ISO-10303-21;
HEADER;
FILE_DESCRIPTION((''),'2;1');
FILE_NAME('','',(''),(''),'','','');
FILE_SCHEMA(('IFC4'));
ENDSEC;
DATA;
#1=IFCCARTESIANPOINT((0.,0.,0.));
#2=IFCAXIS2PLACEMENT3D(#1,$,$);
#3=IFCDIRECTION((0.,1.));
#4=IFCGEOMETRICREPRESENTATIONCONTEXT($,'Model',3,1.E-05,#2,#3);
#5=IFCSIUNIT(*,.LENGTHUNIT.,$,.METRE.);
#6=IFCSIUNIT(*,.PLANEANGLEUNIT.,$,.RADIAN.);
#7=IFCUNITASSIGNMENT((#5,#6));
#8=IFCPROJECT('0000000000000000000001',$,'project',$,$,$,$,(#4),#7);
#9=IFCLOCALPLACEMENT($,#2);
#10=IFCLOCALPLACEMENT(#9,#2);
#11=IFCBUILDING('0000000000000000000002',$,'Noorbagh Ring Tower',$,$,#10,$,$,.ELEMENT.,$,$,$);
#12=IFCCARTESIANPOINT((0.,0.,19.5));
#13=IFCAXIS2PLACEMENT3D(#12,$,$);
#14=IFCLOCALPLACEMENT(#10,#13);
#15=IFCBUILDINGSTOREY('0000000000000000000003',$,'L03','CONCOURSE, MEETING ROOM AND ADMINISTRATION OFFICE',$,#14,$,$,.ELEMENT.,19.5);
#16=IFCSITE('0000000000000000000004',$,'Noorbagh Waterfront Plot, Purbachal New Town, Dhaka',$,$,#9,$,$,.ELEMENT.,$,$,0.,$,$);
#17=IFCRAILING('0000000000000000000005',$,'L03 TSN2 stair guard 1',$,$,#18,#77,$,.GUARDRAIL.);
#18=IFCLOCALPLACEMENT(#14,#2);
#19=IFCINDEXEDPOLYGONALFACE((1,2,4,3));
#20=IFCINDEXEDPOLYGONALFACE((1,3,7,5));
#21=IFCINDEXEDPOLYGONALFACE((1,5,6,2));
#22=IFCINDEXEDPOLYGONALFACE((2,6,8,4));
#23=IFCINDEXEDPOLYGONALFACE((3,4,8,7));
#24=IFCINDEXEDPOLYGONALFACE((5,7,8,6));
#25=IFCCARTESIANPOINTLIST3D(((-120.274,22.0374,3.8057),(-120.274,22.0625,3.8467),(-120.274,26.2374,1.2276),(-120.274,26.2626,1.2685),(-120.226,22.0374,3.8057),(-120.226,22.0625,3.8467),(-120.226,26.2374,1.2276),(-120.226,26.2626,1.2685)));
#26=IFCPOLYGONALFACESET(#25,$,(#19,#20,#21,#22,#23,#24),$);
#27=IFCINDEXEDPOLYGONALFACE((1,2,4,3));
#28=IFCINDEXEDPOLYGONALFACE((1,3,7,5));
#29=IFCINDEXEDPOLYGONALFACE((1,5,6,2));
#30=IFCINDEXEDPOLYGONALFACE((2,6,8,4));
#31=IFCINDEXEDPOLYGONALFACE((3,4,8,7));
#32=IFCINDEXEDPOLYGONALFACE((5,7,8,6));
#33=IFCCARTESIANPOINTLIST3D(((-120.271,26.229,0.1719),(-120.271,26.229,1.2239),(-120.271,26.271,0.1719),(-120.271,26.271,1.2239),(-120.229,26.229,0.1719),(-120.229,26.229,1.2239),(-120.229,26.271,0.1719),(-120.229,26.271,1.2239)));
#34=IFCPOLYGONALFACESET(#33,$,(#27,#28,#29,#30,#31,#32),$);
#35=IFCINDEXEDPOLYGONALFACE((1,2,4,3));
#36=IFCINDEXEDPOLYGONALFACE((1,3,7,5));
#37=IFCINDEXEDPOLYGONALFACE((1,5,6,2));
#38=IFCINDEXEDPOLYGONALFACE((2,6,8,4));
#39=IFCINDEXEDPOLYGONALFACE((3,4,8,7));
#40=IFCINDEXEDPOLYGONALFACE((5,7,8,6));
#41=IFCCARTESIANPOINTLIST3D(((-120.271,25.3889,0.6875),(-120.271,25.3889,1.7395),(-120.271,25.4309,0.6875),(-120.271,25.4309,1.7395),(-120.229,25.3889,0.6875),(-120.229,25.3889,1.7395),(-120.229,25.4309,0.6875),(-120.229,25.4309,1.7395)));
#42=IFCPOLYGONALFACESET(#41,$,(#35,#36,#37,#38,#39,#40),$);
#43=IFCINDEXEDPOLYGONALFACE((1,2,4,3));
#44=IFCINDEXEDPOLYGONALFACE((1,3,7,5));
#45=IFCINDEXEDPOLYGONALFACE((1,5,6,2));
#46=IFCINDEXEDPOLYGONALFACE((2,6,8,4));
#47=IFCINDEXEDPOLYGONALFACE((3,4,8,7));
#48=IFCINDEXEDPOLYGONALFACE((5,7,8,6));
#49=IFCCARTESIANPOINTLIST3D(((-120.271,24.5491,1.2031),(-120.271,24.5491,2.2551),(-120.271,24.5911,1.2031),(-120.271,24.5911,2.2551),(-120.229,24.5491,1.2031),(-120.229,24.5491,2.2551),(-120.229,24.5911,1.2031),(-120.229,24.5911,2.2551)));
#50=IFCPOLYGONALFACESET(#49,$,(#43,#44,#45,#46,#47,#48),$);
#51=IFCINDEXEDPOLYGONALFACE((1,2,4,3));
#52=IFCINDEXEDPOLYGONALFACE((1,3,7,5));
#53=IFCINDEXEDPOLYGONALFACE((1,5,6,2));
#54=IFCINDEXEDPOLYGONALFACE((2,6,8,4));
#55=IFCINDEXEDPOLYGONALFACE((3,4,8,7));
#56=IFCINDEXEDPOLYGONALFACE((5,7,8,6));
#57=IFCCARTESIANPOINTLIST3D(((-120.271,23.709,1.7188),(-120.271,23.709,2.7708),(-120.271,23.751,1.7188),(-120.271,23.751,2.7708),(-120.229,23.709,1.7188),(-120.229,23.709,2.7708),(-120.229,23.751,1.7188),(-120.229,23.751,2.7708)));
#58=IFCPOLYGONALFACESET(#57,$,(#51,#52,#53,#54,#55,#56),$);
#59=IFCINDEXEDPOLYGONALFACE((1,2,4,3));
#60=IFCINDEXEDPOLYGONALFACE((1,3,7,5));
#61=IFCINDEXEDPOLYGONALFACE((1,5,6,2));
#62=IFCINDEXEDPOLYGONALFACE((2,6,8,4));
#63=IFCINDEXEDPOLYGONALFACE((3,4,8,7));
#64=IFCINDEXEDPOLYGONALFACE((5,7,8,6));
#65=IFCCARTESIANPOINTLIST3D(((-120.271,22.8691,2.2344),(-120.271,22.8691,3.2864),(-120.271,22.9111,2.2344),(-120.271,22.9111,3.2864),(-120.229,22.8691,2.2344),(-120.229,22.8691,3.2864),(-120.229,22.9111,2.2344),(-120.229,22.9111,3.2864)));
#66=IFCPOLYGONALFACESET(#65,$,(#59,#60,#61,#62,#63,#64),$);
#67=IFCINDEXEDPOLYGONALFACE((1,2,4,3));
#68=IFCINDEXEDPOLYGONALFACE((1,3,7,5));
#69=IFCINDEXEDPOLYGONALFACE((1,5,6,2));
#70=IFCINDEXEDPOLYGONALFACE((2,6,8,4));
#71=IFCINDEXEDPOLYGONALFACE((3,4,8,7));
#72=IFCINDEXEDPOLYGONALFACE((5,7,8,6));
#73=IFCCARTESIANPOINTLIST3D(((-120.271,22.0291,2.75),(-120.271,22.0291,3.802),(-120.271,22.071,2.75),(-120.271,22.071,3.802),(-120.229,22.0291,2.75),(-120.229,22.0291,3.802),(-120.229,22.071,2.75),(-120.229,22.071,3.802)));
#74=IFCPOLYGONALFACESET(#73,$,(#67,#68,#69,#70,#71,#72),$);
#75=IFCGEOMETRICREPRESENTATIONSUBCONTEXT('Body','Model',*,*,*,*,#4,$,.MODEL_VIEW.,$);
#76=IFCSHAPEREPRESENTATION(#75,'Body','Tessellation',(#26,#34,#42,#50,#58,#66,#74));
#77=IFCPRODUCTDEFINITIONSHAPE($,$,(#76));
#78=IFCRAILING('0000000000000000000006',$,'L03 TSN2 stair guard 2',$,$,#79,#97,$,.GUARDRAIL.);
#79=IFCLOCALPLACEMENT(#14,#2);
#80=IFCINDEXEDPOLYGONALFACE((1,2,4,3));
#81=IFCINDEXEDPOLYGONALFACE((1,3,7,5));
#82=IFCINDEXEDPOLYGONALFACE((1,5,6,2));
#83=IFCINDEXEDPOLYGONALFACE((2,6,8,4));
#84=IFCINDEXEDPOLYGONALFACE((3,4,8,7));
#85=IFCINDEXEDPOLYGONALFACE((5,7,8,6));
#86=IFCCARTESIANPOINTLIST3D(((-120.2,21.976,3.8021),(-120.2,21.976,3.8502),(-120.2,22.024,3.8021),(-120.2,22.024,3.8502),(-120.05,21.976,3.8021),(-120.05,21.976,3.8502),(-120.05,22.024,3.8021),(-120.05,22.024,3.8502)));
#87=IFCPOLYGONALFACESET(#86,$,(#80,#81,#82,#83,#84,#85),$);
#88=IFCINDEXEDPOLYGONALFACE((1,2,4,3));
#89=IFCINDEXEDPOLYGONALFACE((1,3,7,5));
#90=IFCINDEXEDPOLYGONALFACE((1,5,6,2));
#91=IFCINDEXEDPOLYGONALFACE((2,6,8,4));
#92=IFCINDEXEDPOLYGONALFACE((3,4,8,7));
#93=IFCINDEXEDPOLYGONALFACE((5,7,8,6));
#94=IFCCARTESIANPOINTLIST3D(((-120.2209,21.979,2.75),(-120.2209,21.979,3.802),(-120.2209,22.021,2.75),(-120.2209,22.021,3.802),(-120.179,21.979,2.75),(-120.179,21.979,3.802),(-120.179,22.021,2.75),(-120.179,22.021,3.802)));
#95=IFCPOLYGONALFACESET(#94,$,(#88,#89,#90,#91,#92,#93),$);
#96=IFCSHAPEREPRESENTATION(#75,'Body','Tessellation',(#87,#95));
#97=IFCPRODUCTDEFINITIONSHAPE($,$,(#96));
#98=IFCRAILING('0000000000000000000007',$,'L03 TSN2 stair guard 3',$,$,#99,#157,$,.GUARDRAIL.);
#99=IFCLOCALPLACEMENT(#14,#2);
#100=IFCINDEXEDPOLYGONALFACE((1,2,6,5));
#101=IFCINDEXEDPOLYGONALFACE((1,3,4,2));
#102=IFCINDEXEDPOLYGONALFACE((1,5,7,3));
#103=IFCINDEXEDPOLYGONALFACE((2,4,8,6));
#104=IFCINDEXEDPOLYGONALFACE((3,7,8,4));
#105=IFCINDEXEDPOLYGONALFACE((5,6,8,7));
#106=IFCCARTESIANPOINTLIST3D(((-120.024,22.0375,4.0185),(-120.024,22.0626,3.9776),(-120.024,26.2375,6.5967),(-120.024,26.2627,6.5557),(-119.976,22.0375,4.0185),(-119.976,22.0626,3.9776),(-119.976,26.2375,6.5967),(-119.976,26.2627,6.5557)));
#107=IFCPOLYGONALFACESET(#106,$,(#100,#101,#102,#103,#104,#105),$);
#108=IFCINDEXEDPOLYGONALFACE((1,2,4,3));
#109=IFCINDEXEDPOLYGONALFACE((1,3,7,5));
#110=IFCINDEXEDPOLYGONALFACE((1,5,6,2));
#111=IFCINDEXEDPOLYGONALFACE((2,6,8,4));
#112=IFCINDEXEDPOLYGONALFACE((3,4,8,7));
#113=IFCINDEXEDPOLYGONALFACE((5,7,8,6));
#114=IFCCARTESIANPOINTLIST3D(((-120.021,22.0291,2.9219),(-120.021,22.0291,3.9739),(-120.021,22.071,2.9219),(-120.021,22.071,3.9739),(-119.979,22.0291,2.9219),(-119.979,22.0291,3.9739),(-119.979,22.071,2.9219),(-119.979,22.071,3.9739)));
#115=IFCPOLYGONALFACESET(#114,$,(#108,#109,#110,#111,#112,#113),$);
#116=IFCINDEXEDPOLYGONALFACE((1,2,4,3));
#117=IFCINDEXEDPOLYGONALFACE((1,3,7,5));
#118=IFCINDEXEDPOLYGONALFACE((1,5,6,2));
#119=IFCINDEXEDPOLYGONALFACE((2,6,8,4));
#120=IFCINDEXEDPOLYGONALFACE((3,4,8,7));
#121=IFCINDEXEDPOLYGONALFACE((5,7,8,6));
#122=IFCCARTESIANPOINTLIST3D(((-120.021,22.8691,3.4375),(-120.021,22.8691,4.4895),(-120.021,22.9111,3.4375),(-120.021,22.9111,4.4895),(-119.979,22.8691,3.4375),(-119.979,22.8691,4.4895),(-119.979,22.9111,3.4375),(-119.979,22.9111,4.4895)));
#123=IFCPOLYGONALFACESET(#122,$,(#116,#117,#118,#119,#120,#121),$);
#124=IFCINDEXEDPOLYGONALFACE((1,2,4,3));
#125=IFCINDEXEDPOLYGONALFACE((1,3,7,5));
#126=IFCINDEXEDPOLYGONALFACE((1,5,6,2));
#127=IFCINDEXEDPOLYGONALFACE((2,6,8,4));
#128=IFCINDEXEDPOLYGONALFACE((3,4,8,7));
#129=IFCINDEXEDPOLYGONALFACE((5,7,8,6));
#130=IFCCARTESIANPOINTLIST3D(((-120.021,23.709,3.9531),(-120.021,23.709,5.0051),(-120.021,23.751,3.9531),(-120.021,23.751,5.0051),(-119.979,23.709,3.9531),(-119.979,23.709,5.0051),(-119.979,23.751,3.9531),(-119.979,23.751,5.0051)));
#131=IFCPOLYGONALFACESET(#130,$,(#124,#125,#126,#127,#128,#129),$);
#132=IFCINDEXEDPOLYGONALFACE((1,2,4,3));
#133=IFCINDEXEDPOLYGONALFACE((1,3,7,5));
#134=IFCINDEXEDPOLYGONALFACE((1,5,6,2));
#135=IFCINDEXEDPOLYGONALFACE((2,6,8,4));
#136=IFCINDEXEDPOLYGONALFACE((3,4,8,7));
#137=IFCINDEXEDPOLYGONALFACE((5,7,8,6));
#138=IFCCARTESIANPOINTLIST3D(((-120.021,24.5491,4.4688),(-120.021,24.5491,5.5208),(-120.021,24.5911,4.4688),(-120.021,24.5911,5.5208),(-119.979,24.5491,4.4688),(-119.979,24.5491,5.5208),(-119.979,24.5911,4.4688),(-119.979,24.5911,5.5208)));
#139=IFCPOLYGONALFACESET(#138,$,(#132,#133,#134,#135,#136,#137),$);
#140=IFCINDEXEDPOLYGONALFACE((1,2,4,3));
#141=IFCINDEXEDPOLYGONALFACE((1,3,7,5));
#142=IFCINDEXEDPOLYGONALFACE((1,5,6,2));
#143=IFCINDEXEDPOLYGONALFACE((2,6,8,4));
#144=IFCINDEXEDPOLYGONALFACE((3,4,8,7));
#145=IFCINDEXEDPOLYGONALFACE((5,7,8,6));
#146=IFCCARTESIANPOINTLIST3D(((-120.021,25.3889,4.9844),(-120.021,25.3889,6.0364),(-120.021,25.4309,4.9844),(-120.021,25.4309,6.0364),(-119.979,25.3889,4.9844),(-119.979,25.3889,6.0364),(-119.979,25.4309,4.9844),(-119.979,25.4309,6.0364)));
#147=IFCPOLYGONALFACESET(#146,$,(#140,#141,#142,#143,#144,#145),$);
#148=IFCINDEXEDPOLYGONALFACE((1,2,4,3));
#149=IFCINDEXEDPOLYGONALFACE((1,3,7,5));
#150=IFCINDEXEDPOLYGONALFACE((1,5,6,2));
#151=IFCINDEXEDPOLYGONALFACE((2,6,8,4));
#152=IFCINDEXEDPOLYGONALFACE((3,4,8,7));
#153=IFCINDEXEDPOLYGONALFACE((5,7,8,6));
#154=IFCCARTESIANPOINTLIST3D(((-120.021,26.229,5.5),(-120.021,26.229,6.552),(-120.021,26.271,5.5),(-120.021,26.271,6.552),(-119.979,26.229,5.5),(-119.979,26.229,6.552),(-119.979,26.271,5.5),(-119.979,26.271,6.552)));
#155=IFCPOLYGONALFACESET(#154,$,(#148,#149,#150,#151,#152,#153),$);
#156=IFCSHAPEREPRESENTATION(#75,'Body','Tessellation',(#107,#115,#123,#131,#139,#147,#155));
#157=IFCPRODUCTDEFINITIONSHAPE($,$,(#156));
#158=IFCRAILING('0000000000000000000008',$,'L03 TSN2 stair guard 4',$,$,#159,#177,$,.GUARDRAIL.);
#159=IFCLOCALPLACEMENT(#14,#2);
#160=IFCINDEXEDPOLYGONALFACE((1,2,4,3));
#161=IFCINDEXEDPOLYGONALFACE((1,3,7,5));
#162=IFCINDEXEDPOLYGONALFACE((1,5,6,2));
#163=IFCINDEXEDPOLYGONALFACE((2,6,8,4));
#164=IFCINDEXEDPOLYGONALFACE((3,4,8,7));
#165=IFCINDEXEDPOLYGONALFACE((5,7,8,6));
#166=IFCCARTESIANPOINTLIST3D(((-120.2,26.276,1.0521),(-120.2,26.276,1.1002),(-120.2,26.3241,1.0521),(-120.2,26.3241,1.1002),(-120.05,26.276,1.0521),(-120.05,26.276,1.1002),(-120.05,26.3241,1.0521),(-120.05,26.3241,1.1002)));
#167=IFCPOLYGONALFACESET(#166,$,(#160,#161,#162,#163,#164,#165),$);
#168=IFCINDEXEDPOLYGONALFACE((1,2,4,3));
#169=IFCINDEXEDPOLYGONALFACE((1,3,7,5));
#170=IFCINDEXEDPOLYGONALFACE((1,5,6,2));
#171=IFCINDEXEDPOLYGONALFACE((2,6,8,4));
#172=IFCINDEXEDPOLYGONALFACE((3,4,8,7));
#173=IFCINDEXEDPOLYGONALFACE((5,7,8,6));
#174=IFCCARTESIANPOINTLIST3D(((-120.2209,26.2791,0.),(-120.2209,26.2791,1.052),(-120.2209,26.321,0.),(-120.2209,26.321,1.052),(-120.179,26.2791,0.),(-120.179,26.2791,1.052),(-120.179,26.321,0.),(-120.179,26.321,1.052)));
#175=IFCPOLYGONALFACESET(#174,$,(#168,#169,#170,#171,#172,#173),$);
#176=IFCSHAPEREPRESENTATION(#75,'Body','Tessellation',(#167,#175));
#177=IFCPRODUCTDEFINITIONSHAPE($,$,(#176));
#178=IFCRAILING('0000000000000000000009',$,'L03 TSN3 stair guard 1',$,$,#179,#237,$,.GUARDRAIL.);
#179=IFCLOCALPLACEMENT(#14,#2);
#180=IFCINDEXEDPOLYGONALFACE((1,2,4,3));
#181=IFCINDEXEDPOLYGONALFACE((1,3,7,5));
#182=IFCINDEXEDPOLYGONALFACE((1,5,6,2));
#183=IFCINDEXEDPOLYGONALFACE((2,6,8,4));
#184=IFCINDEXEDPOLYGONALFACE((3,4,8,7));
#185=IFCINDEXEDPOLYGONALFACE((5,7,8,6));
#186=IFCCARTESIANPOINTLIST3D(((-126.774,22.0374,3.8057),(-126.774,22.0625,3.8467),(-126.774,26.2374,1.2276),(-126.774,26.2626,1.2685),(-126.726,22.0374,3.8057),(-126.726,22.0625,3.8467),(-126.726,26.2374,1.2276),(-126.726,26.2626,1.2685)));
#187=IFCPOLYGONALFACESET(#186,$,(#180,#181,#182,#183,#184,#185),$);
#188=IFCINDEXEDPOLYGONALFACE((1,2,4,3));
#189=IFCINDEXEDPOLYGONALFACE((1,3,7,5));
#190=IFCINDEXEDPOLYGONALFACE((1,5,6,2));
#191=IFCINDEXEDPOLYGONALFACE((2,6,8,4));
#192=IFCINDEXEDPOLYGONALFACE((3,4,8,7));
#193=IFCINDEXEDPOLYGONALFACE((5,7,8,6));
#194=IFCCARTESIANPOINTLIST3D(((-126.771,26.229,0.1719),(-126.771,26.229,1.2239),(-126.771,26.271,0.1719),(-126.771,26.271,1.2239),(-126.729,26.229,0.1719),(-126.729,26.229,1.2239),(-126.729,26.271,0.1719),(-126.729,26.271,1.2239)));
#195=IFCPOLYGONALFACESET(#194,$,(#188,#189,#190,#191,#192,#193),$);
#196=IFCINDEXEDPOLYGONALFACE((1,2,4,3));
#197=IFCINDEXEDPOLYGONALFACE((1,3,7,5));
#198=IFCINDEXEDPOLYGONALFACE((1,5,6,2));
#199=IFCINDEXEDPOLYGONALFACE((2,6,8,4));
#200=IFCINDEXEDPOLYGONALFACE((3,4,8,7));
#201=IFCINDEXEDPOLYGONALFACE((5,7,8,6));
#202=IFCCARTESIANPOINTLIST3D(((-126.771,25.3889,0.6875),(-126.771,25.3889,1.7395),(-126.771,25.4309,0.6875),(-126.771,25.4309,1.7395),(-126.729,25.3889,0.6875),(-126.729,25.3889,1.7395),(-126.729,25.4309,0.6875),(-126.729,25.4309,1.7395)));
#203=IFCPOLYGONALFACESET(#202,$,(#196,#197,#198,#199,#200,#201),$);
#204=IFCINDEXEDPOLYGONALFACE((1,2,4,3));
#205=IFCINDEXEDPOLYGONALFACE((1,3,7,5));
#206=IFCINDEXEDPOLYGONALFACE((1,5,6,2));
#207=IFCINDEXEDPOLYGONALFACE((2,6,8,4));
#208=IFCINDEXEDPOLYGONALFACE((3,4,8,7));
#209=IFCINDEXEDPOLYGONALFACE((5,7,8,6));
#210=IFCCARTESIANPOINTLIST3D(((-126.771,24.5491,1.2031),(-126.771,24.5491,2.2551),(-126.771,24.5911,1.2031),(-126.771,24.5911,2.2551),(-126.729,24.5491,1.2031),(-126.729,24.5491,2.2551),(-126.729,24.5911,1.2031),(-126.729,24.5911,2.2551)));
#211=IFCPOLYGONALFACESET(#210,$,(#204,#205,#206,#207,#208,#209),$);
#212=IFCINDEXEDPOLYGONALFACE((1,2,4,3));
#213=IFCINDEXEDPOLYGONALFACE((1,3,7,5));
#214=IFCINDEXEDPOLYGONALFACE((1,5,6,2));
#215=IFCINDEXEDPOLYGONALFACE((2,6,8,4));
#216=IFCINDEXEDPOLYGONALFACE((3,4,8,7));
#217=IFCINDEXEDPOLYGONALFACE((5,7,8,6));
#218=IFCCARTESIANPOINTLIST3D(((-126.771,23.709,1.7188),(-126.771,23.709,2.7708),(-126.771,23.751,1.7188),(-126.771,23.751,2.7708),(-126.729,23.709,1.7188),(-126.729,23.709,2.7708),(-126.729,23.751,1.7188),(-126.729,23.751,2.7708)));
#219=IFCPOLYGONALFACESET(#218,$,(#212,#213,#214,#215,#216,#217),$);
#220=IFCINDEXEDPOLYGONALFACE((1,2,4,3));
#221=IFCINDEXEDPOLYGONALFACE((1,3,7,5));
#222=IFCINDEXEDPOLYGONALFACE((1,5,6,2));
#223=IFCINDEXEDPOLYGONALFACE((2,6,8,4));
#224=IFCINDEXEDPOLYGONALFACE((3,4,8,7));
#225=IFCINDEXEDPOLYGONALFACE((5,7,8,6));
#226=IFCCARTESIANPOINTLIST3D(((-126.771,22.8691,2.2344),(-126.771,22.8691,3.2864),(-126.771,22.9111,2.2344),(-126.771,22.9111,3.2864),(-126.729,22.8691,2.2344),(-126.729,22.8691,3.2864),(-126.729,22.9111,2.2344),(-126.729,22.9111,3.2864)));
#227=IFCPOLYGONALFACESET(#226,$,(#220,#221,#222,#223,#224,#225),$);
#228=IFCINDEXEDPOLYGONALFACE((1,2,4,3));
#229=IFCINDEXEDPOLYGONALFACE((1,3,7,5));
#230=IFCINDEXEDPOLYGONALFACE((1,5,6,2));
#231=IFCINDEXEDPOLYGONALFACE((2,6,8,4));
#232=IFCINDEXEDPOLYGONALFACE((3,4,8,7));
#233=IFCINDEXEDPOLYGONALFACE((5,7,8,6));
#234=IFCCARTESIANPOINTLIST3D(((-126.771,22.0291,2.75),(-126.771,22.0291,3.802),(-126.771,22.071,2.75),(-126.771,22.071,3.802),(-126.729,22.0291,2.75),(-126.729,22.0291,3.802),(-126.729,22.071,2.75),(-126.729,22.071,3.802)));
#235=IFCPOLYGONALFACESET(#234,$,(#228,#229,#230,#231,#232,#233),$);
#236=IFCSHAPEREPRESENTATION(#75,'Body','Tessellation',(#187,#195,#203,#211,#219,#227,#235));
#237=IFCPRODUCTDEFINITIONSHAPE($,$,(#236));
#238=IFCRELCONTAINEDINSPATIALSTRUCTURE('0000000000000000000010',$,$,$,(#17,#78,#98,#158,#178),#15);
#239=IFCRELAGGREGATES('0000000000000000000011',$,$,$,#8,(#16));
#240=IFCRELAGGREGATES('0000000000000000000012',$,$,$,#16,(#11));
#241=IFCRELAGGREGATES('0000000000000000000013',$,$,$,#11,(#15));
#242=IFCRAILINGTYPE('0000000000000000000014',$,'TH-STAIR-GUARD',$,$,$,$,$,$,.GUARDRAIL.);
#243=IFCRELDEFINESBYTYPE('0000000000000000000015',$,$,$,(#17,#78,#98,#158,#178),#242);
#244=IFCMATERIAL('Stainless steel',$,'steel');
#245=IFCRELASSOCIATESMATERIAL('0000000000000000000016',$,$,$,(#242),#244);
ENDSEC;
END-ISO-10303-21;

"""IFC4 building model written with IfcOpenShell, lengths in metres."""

from ifc_helpers import new_model, si_unit, direction, frame, origin, origin_2d, place, context, subcontext, project, spatial, rectangle, extrude, material, type_object, element, save


model = new_model("IFC4")

# Units and contexts
model_context = context("Model", 3, precision=1e-05, world=origin(), true_north=direction((0.0, 1.0)))
body_context = subcontext(model_context, "Body", "Model", "MODEL_VIEW")
ifc_project = project(units=[si_unit("LENGTHUNIT", "METRE"), si_unit("PLANEANGLEUNIT", "RADIAN")], contexts=[model_context])

# Site, building, storey
site_placement = place(None, origin())
site = spatial("IfcSite", under=ifc_project, at=site_placement, Name="Noorbagh Waterfront Plot, Purbachal New Town, Dhaka", CompositionType="ELEMENT", RefElevation=0.0)
building_placement = place(site_placement, origin())
building = spatial("IfcBuilding", under=site, at=building_placement, Name="Noorbagh Ring Tower", CompositionType="ELEMENT")
storey_placement = place(building_placement, frame((0.0, 0.0, 19.5)))
storey = spatial("IfcBuildingStorey", under=building, at=storey_placement, Name="L03", Description="CONCOURSE, MEETING ROOM AND ADMINISTRATION OFFICE", CompositionType="ELEMENT", Elevation=19.5)

# Railings
ifc_material_1 = material(Name="Stainless steel", Category="steel")
railing_type_1 = type_object("IfcRailingType", Name="TH-STAIR-GUARD", PredefinedType="GUARDRAIL", material=ifc_material_1)
railing_1_placement = place(storey_placement, frame((-120.25, 26.25, 0.1719)))
element("IfcRailing", 1, at=railing_1_placement, inside=storey, type_object=railing_type_1, Name="L03 TSN2 stair guard 1", PredefinedType="GUARDRAIL", context=body_context, shape_type="SweptSolid", body=[
    extrude(rectangle(XDim=0.0481, YDim=0.0481, at=origin_2d()), frame((0.0, 0.0, 1.0762), z_axis=(0.0, -0.852243, 0.523146), x_axis=(1.0, 0.0, 0.0)), (0.0, 0.0, 1.0), 4.9282),
    extrude(rectangle(XDim=0.042, YDim=0.042, at=origin_2d()), origin(), (0.0, 0.0, 1.0), 1.052),
    extrude(rectangle(XDim=0.042, YDim=0.042, at=origin_2d()), frame((0.0, -0.8401, 0.5156)), (0.0, 0.0, 1.0), 1.052),
    extrude(rectangle(XDim=0.042, YDim=0.042, at=origin_2d()), frame((0.0, -1.6799, 1.0312)), (0.0, 0.0, 1.0), 1.052),
    extrude(rectangle(XDim=0.042, YDim=0.042, at=origin_2d()), frame((0.0, -2.52, 1.5469)), (0.0, 0.0, 1.0), 1.052),
    extrude(rectangle(XDim=0.042, YDim=0.042, at=origin_2d()), frame((0.0, -3.3599, 2.0625)), (0.0, 0.0, 1.0), 1.052),
    extrude(rectangle(XDim=0.042, YDim=0.042, at=origin_2d()), frame((0.0, -4.2, 2.5781)), (0.0, 0.0, 1.0), 1.052),
])
railing_2_placement = place(storey_placement, frame((-120.2, 22.0, 2.75)))
element("IfcRailing", 2, at=railing_2_placement, inside=storey, type_object=railing_type_1, Name="L03 TSN2 stair guard 2", PredefinedType="GUARDRAIL", context=body_context, shape_type="SweptSolid", body=[
    extrude(rectangle(XDim=0.0481, YDim=0.0481, at=origin_2d()), frame((0.0, 0.0, 1.0762), z_axis=(1.0, 0.0, 0.0), x_axis=(0.0, 1.0, 0.0)), (0.0, 0.0, 1.0), 0.1499),
    extrude(rectangle(XDim=0.042, YDim=0.042, at=origin_2d()), origin(), (0.0, 0.0, 1.0), 1.052),
])
railing_3_placement = place(storey_placement, frame((-120.0, 22.05, 2.9219)))
element("IfcRailing", 3, at=railing_3_placement, inside=storey, type_object=railing_type_1, Name="L03 TSN2 stair guard 3", PredefinedType="GUARDRAIL", context=body_context, shape_type="SweptSolid", body=[
    extrude(rectangle(XDim=0.0481, YDim=0.0481, at=origin_2d()), frame((0.0, 0.0, 1.0762), z_axis=(0.0, 0.852243, 0.523146), x_axis=(-1.0, 0.0, 0.0)), (0.0, 0.0, 1.0), 4.9282),
    extrude(rectangle(XDim=0.042, YDim=0.042, at=origin_2d()), origin(), (0.0, 0.0, 1.0), 1.052),
    extrude(rectangle(XDim=0.042, YDim=0.042, at=origin_2d()), frame((0.0, 0.8401, 0.5156)), (0.0, 0.0, 1.0), 1.052),
    extrude(rectangle(XDim=0.042, YDim=0.042, at=origin_2d()), frame((0.0, 1.6799, 1.0312)), (0.0, 0.0, 1.0), 1.052),
    extrude(rectangle(XDim=0.042, YDim=0.042, at=origin_2d()), frame((0.0, 2.52, 1.5469)), (0.0, 0.0, 1.0), 1.052),
    extrude(rectangle(XDim=0.042, YDim=0.042, at=origin_2d()), frame((0.0, 3.3599, 2.0625)), (0.0, 0.0, 1.0), 1.052),
    extrude(rectangle(XDim=0.042, YDim=0.042, at=origin_2d()), frame((0.0, 4.2, 2.5781)), (0.0, 0.0, 1.0), 1.052),
])
railing_4_placement = place(storey_placement, frame((-120.2, 26.3, 0.0)))
element("IfcRailing", 4, at=railing_4_placement, inside=storey, type_object=railing_type_1, Name="L03 TSN2 stair guard 4", PredefinedType="GUARDRAIL", context=body_context, shape_type="SweptSolid", body=[
    extrude(rectangle(XDim=0.0481, YDim=0.0481, at=origin_2d()), frame((0.0, 0.0, 1.0762), z_axis=(1.0, 0.0, 0.0), x_axis=(0.0, 1.0, 0.0)), (0.0, 0.0, 1.0), 0.1499),
    extrude(rectangle(XDim=0.042, YDim=0.042, at=origin_2d()), origin(), (0.0, 0.0, 1.0), 1.052),
])
railing_5_placement = place(storey_placement, frame((-126.75, 26.25, 0.1719)))
element("IfcRailing", 5, at=railing_5_placement, inside=storey, type_object=railing_type_1, Name="L03 TSN3 stair guard 1", PredefinedType="GUARDRAIL", context=body_context, shape_type="SweptSolid", body=[
    extrude(rectangle(XDim=0.0481, YDim=0.0481, at=origin_2d()), frame((0.0, 0.0, 1.0762), z_axis=(0.0, -0.852243, 0.523146), x_axis=(1.0, 0.0, 0.0)), (0.0, 0.0, 1.0), 4.9282),
    extrude(rectangle(XDim=0.042, YDim=0.042, at=origin_2d()), origin(), (0.0, 0.0, 1.0), 1.052),
    extrude(rectangle(XDim=0.042, YDim=0.042, at=origin_2d()), frame((0.0, -0.8401, 0.5156)), (0.0, 0.0, 1.0), 1.052),
    extrude(rectangle(XDim=0.042, YDim=0.042, at=origin_2d()), frame((0.0, -1.6799, 1.0312)), (0.0, 0.0, 1.0), 1.052),
    extrude(rectangle(XDim=0.042, YDim=0.042, at=origin_2d()), frame((0.0, -2.52, 1.5469)), (0.0, 0.0, 1.0), 1.052),
    extrude(rectangle(XDim=0.042, YDim=0.042, at=origin_2d()), frame((0.0, -3.3599, 2.0625)), (0.0, 0.0, 1.0), 1.052),
    extrude(rectangle(XDim=0.042, YDim=0.042, at=origin_2d()), frame((0.0, -4.2, 2.5781)), (0.0, 0.0, 1.0), 1.052),
])

save(model, "model.ifc")
